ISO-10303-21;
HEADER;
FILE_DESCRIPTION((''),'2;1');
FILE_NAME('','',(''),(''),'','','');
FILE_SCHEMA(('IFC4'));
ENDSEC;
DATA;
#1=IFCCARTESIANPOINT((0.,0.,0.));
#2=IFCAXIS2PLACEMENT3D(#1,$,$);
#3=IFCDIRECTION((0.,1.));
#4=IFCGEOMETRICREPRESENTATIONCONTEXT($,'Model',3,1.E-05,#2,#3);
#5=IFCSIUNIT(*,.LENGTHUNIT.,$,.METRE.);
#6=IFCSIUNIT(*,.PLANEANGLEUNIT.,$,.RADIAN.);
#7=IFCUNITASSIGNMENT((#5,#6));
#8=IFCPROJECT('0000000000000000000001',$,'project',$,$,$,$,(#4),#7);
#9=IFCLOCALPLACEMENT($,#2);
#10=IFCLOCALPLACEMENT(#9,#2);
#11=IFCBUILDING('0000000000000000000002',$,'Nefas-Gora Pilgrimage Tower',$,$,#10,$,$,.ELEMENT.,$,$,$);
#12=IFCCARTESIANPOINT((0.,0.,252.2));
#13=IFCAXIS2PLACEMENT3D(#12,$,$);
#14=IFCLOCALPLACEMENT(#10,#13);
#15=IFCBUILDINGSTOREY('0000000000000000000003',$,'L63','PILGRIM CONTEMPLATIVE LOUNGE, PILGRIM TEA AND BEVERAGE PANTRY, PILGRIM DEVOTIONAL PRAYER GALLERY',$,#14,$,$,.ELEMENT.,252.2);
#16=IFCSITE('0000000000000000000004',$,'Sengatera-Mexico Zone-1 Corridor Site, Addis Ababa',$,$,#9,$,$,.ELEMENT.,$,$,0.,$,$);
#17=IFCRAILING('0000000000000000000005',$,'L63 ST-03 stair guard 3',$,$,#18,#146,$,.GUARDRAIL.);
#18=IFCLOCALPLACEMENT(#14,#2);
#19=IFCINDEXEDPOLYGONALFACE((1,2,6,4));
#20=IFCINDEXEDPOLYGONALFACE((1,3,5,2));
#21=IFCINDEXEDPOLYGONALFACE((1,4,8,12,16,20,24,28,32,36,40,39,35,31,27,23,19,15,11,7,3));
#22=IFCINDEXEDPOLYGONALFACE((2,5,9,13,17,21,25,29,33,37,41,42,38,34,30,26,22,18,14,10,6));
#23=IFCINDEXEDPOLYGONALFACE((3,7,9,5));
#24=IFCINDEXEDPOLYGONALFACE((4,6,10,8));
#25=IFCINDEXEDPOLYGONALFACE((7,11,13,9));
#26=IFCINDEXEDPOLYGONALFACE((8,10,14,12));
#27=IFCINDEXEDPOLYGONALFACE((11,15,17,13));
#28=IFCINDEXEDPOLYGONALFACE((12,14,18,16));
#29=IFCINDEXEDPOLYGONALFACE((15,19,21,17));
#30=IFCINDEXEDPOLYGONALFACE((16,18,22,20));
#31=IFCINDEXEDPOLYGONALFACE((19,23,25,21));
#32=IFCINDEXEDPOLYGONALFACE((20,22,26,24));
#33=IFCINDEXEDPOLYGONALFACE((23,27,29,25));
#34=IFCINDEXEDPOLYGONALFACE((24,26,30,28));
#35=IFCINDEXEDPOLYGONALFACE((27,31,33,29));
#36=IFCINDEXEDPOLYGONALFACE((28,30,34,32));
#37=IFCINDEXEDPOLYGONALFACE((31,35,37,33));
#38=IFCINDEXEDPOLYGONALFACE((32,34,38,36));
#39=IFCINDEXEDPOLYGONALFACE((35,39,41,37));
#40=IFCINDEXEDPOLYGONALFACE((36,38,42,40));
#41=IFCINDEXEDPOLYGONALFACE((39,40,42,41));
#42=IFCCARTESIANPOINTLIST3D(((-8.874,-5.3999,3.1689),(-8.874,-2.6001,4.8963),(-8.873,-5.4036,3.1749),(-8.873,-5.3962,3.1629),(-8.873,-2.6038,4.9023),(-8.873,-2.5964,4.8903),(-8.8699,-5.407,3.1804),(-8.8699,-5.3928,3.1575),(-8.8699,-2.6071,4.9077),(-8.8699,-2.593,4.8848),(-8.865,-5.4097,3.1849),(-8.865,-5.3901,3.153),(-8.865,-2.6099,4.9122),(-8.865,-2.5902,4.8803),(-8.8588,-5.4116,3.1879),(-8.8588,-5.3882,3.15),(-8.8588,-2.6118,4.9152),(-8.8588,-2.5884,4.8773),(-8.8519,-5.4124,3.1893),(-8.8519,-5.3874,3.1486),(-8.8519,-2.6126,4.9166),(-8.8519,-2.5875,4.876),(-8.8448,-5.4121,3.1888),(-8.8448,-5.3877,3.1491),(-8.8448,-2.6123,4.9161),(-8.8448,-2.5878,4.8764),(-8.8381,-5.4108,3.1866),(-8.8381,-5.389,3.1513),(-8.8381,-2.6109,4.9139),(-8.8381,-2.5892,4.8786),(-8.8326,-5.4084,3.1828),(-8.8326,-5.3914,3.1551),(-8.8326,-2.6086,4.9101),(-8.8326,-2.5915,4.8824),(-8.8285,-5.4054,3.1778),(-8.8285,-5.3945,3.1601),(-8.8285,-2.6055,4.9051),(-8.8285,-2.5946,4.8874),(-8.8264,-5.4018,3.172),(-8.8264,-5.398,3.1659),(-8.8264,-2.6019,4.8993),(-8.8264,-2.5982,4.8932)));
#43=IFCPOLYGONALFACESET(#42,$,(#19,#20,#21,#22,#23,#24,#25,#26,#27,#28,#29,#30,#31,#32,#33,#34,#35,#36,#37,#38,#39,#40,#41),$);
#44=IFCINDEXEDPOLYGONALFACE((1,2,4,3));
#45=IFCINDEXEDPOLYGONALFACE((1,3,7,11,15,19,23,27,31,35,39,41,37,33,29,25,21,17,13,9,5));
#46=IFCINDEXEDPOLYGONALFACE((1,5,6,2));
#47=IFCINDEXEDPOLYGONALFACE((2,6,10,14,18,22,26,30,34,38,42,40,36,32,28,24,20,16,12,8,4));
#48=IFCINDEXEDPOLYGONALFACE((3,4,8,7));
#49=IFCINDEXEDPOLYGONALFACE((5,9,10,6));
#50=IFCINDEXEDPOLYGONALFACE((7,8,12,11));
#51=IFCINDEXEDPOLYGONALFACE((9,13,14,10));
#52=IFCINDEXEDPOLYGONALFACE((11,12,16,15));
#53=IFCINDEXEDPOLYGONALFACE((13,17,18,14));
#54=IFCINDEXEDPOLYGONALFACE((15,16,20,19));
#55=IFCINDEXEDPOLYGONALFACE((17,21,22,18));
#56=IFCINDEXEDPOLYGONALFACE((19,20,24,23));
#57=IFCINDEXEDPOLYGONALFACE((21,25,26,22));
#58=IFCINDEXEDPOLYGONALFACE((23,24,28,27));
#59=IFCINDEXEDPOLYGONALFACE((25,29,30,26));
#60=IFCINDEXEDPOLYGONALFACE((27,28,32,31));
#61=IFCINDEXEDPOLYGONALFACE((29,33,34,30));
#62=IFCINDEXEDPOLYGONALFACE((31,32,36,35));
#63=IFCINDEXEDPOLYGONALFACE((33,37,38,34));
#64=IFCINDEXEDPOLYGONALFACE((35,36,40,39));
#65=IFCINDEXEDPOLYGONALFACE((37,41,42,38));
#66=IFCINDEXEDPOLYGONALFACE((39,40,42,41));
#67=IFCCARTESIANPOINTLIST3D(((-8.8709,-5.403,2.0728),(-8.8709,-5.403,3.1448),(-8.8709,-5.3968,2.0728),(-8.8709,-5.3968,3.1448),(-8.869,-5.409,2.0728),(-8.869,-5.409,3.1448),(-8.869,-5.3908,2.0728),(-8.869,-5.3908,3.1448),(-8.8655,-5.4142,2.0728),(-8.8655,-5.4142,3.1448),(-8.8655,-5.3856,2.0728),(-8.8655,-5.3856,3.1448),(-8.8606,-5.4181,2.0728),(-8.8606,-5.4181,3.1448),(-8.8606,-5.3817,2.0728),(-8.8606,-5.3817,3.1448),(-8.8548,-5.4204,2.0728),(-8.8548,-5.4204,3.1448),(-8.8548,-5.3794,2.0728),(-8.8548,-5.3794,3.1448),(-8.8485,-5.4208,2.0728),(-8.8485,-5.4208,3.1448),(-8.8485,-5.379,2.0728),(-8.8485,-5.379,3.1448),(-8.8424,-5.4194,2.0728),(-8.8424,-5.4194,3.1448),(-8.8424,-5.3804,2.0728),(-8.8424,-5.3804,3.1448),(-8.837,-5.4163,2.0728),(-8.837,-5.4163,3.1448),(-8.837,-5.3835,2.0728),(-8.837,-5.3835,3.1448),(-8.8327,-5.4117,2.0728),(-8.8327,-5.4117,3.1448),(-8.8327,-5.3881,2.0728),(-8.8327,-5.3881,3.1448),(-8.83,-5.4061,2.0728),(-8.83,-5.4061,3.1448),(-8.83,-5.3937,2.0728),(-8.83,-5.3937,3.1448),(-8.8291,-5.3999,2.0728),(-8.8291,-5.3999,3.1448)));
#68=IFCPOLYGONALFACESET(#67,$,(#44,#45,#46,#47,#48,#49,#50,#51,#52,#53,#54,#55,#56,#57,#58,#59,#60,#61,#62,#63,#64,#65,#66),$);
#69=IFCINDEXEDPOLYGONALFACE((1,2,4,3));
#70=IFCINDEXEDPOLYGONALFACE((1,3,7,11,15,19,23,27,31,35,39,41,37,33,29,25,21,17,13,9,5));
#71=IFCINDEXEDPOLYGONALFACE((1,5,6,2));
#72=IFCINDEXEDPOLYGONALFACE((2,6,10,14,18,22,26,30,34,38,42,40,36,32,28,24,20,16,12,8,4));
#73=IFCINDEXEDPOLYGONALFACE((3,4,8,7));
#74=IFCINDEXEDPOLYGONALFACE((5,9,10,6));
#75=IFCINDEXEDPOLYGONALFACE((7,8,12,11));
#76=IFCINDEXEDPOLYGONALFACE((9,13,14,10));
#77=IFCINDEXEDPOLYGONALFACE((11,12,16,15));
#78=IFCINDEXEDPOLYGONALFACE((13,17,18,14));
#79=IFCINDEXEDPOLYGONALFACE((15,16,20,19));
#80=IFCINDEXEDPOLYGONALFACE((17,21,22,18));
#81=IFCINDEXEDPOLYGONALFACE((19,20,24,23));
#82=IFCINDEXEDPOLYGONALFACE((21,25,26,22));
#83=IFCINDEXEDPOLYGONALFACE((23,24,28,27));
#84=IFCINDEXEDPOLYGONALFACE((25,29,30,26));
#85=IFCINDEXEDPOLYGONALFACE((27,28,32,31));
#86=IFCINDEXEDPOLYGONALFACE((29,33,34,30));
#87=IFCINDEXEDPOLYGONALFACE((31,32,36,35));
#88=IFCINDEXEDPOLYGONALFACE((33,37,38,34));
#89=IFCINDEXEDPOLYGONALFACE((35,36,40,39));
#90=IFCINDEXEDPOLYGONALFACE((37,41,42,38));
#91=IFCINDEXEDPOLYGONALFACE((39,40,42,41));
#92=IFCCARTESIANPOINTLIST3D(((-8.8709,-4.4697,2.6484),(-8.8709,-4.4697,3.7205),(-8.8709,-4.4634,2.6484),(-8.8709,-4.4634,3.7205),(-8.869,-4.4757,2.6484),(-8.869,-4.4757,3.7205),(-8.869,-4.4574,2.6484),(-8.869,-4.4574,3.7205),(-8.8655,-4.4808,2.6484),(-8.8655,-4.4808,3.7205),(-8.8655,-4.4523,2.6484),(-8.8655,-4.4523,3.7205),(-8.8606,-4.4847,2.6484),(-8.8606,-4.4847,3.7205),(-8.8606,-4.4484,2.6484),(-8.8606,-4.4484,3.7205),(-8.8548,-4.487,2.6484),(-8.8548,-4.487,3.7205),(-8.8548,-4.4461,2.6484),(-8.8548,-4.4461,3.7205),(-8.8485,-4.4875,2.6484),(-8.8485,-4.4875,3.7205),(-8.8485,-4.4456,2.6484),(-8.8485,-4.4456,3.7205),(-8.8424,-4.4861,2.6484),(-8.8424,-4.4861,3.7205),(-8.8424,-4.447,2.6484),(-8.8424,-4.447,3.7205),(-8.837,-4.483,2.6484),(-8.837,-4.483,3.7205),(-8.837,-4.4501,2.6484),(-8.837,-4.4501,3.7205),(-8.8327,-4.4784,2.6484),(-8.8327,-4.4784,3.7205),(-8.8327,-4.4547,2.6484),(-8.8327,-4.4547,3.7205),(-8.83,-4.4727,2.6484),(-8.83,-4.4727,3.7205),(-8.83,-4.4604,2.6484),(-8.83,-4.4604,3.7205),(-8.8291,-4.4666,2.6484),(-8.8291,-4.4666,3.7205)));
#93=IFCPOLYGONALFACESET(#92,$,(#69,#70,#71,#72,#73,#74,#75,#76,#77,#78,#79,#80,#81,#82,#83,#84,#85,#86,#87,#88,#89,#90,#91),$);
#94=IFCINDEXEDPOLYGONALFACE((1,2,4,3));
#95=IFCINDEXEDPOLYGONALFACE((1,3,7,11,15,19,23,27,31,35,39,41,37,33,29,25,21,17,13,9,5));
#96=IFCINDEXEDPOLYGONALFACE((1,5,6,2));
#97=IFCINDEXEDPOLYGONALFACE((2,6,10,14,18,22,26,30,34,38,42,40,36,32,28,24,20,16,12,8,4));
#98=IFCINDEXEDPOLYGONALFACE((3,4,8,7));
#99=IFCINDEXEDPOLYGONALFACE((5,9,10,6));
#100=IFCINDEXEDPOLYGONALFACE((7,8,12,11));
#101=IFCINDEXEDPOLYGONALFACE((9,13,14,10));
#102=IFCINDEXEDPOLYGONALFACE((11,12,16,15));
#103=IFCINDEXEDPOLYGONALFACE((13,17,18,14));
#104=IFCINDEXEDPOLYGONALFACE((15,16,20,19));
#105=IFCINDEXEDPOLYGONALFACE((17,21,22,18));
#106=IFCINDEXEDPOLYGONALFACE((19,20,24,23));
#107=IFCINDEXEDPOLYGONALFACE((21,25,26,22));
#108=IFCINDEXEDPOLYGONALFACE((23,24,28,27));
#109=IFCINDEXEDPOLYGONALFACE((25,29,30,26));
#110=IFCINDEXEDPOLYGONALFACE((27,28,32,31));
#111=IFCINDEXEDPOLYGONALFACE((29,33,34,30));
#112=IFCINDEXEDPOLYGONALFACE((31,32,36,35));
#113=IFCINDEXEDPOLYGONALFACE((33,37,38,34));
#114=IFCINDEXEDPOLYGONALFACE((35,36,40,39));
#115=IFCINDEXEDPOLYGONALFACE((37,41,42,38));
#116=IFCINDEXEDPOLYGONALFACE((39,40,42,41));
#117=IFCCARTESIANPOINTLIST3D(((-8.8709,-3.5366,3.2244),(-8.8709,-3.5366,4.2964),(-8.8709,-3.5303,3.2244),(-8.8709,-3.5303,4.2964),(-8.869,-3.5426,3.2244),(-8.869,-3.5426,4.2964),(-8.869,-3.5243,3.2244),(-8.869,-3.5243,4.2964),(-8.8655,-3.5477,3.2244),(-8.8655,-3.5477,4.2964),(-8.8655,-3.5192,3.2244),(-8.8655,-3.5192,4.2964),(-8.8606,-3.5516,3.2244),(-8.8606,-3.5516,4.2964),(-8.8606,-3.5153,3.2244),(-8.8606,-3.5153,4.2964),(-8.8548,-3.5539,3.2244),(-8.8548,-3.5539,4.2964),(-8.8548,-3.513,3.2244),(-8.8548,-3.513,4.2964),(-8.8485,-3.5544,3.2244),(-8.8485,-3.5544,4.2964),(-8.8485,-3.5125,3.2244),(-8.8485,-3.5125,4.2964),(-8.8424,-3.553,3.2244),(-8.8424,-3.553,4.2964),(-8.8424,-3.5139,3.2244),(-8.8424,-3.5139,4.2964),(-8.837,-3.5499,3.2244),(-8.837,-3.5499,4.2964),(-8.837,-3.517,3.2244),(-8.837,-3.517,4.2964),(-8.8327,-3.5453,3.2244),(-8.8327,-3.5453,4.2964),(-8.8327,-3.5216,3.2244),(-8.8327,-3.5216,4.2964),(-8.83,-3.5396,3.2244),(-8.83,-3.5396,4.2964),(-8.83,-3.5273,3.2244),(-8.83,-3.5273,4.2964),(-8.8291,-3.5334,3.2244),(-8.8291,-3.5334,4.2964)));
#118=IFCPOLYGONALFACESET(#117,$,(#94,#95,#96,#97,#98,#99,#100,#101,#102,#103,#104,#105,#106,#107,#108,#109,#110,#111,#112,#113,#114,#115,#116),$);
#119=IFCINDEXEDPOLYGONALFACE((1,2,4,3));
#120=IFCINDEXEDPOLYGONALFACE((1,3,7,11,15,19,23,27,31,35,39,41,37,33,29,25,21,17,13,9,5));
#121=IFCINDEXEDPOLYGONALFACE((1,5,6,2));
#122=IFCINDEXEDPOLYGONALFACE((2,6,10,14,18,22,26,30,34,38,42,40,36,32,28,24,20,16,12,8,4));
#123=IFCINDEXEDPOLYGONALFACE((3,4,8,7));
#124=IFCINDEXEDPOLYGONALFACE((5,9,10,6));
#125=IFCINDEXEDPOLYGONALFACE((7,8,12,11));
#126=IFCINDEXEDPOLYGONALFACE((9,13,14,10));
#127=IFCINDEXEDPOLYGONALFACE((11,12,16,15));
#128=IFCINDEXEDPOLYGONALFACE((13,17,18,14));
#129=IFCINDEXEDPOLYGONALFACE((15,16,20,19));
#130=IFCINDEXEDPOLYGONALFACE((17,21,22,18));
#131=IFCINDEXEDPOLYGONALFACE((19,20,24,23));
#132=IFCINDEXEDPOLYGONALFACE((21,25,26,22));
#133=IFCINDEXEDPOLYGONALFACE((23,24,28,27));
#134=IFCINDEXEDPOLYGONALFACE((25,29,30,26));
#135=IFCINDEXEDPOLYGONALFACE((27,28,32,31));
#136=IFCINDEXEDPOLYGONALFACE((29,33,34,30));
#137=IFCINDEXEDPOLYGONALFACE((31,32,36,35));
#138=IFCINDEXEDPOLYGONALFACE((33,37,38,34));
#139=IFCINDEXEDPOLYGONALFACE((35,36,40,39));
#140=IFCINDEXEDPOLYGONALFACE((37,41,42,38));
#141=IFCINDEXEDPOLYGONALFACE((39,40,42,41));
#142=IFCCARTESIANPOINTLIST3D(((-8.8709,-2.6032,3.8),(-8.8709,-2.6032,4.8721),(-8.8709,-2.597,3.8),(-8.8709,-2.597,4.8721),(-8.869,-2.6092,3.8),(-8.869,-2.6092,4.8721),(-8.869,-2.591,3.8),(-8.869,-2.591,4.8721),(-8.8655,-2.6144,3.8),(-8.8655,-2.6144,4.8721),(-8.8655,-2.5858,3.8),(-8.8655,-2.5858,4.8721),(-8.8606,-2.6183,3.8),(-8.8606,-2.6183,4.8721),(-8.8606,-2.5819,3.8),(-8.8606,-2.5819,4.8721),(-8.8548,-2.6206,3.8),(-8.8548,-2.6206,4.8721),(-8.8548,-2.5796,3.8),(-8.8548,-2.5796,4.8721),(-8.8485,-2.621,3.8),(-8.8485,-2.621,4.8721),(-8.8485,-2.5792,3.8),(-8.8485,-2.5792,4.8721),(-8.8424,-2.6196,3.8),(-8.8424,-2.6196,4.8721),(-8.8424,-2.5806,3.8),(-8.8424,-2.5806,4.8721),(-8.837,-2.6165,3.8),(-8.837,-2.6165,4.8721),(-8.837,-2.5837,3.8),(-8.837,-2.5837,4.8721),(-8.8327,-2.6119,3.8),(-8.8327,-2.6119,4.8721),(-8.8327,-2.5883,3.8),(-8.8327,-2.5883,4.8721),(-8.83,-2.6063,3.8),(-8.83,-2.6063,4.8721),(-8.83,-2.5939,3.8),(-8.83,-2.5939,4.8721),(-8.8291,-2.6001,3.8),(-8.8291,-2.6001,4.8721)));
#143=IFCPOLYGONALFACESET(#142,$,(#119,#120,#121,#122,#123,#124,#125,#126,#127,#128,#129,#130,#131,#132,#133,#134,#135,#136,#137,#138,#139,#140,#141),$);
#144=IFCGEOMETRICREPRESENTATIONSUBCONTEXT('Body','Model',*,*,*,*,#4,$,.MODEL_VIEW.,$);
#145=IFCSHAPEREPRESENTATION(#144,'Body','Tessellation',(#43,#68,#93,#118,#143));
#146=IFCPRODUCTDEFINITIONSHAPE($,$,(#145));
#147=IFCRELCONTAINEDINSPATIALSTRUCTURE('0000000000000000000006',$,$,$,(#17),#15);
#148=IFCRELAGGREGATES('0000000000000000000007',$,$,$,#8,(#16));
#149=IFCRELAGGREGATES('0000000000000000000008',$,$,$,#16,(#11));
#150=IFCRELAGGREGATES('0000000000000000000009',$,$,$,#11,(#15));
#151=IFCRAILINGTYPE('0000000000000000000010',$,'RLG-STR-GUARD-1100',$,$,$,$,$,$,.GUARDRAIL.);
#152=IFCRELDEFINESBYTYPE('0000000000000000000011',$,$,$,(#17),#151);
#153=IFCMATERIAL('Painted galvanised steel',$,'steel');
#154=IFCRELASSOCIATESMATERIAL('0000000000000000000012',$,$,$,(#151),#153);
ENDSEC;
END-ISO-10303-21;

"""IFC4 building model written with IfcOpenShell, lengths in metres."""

from ifc_helpers import new_model, si_unit, direction, frame, origin, origin_2d, place, context, subcontext, project, spatial, circle, extrude, material, type_object, element, save


model = new_model("IFC4")

# Units and contexts
model_context = context("Model", 3, precision=1e-05, world=origin(), true_north=direction((0.0, 1.0)))
body_context = subcontext(model_context, "Body", "Model", "MODEL_VIEW")
ifc_project = project(units=[si_unit("LENGTHUNIT", "METRE"), si_unit("PLANEANGLEUNIT", "RADIAN")], contexts=[model_context])

# Site, building, storey
site_placement = place(None, origin())
site = spatial("IfcSite", under=ifc_project, at=site_placement, Name="Sengatera-Mexico Zone-1 Corridor Site, Addis Ababa", CompositionType="ELEMENT", RefElevation=0.0)
building_placement = place(site_placement, origin())
building = spatial("IfcBuilding", under=site, at=building_placement, Name="Nefas-Gora Pilgrimage Tower", CompositionType="ELEMENT")
storey_placement = place(building_placement, frame((0.0, 0.0, 252.2)))
storey = spatial("IfcBuildingStorey", under=building, at=storey_placement, Name="L63", Description="PILGRIM CONTEMPLATIVE LOUNGE, PILGRIM TEA AND BEVERAGE PANTRY, PILGRIM DEVOTIONAL PRAYER GALLERY", CompositionType="ELEMENT", Elevation=252.2)

# Railing
ifc_material_1 = material(Name="Painted galvanised steel", Category="steel")
railing_type_1 = type_object("IfcRailingType", Name="RLG-STR-GUARD-1100", PredefinedType="GUARDRAIL", material=ifc_material_1)
railing_1_placement = place(storey_placement, frame((-8.8501, -5.3999, 2.0728)))
element("IfcRailing", 1, at=railing_1_placement, inside=storey, type_object=railing_type_1, Name="L63 ST-03 stair guard 3", PredefinedType="GUARDRAIL", context=body_context, shape_type="SweptSolid", body=[
    extrude(circle(Radius=0.0239, at=origin_2d()), frame((0.0, 0.0, 1.0962), z_axis=(0.0, 0.851069, 0.525054), x_axis=(-1.0, 0.0, 0.0)), (0.0, 0.0, 1.0), 3.2898),
    extrude(circle(Radius=0.021, at=origin_2d()), origin(), (0.0, 0.0, 1.0), 1.072),
    extrude(circle(Radius=0.021, at=origin_2d()), frame((0.0, 0.9333, 0.5757)), (0.0, 0.0, 1.0), 1.072),
    extrude(circle(Radius=0.021, at=origin_2d()), frame((0.0, 1.8665, 1.1516)), (0.0, 0.0, 1.0), 1.072),
    extrude(circle(Radius=0.021, at=origin_2d()), frame((0.0, 2.7998, 1.7273)), (0.0, 0.0, 1.0), 1.072),
])

save(model, "model.ifc")
